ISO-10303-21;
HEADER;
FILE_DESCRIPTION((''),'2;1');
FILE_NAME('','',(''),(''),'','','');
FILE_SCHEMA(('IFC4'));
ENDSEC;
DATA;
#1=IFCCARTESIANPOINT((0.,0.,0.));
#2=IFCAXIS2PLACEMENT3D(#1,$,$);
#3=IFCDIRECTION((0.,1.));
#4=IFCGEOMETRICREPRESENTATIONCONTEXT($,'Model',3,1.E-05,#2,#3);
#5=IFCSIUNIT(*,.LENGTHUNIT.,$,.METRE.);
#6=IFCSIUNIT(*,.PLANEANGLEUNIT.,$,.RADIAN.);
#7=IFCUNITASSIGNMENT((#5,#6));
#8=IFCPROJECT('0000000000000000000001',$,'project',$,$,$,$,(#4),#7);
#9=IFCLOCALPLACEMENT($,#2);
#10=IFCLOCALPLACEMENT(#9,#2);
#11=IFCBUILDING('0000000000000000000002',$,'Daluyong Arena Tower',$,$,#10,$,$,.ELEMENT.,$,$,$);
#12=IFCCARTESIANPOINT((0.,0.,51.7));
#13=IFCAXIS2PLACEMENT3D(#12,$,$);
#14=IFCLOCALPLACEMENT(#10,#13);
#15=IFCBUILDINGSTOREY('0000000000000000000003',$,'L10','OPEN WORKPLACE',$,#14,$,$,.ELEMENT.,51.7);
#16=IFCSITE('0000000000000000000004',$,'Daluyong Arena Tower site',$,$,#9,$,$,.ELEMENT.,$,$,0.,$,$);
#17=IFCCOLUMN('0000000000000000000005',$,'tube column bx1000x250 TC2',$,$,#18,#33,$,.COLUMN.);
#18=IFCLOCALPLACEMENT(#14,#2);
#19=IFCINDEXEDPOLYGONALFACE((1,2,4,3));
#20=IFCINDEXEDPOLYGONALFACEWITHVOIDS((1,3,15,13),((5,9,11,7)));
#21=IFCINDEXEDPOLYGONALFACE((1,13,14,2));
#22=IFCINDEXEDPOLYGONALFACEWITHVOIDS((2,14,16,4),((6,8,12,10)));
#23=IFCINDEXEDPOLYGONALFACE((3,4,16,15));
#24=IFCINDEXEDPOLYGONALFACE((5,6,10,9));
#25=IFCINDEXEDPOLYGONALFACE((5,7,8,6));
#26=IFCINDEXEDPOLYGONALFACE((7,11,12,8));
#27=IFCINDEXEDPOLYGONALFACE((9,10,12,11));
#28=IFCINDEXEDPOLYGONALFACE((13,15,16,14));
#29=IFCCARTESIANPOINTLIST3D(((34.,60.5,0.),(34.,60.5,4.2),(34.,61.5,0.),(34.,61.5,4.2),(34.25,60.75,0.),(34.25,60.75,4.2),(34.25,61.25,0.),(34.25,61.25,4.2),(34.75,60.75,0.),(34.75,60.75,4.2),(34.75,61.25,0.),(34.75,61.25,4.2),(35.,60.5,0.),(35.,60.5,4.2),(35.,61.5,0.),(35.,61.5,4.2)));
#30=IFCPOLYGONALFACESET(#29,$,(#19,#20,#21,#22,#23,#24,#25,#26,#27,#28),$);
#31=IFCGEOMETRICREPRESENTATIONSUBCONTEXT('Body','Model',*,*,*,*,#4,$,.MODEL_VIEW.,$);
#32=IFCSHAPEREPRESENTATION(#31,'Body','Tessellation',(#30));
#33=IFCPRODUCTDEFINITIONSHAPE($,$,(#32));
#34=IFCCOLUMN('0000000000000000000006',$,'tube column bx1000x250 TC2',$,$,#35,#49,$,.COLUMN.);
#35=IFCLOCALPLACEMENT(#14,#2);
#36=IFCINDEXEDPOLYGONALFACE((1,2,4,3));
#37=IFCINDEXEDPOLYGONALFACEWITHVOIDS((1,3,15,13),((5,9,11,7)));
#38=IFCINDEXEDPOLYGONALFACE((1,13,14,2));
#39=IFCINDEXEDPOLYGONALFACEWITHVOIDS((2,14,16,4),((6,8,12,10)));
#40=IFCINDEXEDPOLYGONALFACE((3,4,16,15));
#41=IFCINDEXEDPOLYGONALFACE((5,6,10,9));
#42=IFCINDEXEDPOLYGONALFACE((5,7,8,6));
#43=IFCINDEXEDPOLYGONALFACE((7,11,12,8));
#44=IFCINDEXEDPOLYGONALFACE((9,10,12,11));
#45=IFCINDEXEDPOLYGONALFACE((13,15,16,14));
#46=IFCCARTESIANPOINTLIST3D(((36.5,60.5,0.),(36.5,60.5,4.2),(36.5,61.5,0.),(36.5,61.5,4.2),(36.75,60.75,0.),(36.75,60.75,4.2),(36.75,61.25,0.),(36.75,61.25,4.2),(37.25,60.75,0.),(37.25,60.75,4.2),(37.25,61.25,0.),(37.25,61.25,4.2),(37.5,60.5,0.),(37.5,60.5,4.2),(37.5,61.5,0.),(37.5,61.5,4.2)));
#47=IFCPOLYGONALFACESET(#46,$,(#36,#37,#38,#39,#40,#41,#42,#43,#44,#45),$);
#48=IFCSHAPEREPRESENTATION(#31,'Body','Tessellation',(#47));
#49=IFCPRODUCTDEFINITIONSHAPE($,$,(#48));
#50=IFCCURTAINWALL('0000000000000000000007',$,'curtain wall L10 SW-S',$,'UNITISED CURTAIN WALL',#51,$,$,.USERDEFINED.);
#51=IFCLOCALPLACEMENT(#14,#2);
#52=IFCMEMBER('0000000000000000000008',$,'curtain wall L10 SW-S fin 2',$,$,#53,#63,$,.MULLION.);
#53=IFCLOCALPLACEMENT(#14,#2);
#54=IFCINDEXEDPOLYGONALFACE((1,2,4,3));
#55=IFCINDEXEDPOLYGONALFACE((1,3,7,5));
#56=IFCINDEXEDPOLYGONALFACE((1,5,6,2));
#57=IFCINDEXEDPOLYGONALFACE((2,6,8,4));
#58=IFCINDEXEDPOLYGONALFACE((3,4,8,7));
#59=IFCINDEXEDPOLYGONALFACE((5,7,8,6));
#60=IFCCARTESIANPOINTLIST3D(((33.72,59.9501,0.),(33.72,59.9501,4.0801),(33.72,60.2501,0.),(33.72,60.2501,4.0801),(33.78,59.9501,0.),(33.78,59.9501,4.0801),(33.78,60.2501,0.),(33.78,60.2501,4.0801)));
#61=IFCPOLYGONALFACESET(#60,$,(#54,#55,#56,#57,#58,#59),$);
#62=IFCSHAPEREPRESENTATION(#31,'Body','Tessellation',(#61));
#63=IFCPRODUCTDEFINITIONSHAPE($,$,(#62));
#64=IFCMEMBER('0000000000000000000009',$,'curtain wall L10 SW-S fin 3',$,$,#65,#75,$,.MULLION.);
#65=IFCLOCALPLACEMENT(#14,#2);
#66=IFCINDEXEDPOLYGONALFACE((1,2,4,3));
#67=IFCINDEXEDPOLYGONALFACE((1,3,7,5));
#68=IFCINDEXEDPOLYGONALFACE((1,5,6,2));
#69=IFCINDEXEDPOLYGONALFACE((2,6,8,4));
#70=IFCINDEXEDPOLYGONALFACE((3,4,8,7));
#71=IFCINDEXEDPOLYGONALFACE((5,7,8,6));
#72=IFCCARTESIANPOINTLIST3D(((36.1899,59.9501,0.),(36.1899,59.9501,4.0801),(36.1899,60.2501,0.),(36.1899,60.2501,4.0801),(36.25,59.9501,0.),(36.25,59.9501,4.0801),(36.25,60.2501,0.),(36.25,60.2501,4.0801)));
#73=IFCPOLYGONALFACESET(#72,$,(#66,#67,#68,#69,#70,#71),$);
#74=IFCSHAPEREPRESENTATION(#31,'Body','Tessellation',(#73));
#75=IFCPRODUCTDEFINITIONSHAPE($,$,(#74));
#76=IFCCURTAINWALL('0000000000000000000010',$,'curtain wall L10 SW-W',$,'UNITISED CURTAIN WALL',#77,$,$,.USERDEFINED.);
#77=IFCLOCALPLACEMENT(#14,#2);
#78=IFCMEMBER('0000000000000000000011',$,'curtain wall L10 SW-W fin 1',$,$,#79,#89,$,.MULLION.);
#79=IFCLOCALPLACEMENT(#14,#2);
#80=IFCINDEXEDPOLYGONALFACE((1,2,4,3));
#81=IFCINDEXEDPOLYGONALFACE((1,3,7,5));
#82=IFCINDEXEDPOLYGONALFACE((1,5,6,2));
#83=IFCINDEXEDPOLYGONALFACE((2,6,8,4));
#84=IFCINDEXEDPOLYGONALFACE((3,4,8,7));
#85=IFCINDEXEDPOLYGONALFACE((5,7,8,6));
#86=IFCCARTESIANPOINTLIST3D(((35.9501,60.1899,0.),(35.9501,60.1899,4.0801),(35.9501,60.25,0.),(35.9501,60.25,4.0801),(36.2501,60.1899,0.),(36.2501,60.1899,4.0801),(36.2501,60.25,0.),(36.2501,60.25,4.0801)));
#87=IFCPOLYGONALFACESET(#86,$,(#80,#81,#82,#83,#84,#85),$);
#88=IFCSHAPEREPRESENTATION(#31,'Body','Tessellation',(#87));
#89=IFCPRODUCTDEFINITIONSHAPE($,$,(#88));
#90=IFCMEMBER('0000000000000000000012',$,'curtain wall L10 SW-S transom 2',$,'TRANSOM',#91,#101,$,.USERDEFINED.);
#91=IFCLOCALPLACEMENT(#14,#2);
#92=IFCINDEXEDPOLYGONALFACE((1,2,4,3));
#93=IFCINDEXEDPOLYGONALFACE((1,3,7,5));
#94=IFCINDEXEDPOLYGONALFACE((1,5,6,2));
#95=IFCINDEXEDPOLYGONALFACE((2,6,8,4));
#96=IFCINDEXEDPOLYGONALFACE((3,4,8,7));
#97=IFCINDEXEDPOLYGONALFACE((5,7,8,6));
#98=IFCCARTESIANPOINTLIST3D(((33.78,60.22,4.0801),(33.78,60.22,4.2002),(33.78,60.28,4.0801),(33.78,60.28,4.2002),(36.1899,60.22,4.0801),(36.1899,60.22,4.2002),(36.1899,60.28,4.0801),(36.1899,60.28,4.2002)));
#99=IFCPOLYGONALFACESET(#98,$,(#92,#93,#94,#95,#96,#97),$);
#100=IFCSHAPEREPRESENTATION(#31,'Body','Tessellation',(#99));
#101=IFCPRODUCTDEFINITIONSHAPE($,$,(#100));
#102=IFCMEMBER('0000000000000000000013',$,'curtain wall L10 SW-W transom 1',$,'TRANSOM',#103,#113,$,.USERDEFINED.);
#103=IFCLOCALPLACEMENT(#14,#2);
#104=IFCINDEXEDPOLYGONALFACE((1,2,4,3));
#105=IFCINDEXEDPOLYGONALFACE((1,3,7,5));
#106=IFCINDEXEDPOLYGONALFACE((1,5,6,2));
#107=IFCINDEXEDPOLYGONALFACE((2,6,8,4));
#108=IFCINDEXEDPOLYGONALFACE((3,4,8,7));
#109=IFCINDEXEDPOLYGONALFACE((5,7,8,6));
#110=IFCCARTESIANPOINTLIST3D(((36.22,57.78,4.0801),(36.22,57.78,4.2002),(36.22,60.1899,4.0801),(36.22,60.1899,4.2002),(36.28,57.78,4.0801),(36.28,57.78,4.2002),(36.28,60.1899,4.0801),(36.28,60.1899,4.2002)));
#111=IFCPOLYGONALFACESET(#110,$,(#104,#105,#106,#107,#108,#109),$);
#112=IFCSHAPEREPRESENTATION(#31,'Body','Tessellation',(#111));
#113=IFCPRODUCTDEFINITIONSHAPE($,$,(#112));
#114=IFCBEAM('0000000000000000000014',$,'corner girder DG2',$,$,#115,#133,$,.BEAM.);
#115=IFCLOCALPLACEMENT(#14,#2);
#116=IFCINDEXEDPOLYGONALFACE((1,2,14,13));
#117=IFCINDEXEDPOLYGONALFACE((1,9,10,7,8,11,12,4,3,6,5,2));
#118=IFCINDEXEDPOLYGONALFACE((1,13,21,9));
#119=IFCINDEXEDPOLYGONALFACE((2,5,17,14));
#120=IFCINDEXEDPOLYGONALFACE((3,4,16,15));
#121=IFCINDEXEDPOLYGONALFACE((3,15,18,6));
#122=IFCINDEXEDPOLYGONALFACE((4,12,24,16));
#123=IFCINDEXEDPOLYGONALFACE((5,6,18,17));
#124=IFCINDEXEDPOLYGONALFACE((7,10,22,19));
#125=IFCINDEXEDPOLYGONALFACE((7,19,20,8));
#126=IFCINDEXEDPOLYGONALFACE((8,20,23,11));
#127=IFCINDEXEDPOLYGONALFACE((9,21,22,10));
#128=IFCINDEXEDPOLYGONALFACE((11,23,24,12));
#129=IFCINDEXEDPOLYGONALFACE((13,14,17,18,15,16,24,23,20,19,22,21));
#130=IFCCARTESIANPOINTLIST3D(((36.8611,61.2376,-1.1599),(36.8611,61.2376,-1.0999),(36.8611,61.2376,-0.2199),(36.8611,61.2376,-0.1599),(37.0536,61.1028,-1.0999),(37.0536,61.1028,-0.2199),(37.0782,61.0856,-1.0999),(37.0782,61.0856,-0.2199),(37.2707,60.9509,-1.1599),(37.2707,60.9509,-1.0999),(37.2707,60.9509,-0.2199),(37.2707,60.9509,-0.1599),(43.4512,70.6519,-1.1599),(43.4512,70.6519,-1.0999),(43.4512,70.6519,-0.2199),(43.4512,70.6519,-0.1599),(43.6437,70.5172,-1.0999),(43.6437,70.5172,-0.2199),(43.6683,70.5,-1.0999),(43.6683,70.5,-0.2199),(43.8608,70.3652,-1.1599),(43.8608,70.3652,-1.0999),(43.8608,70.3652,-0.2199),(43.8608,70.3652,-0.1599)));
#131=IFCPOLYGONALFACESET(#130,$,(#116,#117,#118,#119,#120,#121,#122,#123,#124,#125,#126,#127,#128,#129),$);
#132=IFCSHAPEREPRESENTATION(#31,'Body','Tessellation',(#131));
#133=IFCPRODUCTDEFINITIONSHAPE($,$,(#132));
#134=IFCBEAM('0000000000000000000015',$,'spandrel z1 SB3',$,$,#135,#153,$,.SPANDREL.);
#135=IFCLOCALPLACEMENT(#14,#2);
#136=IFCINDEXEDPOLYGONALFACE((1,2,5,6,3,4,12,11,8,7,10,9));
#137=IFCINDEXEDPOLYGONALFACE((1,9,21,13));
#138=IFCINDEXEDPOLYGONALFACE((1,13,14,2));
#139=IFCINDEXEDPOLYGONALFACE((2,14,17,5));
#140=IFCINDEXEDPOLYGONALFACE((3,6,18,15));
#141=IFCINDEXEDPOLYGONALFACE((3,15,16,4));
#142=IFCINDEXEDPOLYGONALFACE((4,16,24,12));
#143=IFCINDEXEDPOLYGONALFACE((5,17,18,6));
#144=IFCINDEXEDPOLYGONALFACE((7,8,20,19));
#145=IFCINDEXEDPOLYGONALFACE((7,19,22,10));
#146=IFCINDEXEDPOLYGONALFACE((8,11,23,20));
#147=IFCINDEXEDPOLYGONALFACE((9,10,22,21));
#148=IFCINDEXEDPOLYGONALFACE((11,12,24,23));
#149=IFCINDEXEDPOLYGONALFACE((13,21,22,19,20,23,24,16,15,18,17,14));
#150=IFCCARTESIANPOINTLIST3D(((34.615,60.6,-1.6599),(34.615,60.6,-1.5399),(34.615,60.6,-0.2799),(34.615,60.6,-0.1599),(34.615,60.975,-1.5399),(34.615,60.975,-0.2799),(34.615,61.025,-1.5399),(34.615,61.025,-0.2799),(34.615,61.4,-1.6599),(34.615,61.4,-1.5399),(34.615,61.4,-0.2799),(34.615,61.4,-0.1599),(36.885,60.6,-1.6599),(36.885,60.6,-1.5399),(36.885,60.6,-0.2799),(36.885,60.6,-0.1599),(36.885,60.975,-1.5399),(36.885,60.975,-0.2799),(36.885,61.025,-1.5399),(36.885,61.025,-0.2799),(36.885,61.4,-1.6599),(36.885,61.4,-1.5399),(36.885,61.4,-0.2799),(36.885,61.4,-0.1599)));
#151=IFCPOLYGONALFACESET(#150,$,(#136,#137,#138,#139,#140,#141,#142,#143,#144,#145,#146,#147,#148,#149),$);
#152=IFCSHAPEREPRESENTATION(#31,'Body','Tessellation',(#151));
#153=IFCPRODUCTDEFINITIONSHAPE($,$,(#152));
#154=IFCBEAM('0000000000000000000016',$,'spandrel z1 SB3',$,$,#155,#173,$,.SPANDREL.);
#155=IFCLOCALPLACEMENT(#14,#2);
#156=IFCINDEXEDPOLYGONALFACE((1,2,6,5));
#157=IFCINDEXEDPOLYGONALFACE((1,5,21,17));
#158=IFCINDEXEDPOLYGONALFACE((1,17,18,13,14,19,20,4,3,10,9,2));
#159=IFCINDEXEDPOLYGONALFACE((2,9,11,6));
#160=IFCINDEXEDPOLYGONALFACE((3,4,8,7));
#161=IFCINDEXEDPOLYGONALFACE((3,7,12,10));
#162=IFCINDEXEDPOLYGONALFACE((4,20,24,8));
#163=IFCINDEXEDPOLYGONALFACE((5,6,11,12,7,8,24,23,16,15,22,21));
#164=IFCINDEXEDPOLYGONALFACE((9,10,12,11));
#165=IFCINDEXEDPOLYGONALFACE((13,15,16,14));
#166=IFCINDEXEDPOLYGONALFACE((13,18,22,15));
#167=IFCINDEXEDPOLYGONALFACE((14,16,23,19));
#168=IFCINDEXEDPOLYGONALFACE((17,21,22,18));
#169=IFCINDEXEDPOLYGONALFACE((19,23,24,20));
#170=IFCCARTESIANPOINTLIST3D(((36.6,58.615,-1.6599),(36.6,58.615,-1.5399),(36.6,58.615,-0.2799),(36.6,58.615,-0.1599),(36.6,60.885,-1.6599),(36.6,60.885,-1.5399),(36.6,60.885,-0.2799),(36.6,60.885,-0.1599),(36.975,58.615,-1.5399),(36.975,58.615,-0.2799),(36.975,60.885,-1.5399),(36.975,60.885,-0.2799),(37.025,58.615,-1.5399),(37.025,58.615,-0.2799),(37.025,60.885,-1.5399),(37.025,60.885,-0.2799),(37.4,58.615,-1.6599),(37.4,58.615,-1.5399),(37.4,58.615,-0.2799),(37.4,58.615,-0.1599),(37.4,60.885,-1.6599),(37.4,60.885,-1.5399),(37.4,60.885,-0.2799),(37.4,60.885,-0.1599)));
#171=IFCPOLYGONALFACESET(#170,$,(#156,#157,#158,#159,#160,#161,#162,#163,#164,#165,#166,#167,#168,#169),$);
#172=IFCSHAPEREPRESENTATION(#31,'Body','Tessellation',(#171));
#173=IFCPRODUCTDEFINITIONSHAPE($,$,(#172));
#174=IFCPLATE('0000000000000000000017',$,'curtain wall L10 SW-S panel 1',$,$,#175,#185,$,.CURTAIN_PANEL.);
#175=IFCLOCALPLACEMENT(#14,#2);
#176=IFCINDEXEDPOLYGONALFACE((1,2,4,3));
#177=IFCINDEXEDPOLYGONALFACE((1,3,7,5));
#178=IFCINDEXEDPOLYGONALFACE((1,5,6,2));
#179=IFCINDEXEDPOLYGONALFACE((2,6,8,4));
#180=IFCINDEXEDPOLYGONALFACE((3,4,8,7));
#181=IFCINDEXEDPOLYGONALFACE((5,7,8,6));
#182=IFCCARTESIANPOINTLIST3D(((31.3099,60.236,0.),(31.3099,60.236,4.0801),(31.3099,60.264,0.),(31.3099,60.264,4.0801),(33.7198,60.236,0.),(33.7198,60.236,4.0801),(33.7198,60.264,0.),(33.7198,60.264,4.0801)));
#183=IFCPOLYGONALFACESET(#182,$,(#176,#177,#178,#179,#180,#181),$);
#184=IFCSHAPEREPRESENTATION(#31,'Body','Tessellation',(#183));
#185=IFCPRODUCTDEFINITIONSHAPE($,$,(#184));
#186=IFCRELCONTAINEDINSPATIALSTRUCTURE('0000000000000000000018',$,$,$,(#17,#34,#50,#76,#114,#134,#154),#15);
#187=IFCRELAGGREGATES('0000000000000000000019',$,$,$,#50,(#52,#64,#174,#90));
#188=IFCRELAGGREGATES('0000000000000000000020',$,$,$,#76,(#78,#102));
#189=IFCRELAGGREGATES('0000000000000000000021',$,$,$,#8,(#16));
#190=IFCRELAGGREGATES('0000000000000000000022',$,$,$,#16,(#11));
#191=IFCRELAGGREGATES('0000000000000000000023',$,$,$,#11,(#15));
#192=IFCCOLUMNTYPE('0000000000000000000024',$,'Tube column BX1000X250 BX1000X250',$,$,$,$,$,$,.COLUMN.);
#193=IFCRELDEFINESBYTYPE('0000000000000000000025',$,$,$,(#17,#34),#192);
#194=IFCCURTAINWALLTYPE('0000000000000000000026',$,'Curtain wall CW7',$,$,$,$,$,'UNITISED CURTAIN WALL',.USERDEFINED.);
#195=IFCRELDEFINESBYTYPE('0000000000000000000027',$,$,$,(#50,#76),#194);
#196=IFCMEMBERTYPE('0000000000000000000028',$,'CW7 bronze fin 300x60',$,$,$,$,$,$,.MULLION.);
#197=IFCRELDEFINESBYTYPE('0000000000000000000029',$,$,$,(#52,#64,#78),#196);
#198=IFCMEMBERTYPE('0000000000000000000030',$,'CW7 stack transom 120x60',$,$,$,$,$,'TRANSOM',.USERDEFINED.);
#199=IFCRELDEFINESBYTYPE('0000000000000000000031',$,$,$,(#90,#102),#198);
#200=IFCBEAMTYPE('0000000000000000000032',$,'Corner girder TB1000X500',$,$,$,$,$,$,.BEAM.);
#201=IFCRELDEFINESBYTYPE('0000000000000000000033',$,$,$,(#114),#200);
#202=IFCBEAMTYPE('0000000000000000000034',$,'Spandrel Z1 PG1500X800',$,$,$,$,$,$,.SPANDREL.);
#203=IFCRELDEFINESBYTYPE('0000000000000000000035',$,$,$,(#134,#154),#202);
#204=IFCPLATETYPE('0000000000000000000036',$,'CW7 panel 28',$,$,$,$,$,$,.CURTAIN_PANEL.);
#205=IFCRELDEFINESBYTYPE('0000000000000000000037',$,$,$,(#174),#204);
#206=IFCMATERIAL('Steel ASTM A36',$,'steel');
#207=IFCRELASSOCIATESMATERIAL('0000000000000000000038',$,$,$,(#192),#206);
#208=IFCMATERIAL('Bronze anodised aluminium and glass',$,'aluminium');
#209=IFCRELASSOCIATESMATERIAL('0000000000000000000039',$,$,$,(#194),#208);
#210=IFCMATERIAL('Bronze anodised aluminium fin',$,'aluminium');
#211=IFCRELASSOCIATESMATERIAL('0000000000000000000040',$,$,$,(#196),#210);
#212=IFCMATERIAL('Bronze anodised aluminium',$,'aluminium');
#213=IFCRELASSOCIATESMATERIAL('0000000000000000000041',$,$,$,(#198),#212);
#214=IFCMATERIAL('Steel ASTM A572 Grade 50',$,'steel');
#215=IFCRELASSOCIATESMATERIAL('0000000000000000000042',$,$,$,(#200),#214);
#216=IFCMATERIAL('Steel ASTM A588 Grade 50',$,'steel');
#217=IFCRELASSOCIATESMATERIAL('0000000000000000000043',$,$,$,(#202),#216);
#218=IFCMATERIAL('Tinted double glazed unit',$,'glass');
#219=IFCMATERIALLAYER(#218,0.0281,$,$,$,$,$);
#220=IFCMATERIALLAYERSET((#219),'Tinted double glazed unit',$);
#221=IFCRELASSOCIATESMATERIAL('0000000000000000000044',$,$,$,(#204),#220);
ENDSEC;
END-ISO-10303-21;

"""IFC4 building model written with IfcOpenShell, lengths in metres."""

from ifc_helpers import new_model, si_unit, direction, frame, origin, origin_2d, place, context, subcontext, project, spatial, rectangle, hollow_rectangle, i_section, extrude, material, layer, layer_set, material_profile, profile_set, type_object, element, aggregate, save


model = new_model("IFC4")

# Units and contexts
model_context = context("Model", 3, precision=1e-05, world=origin(), true_north=direction((0.0, 1.0)))
body_context = subcontext(model_context, "Body", "Model", "MODEL_VIEW")
ifc_project = project(units=[si_unit("LENGTHUNIT", "METRE"), si_unit("PLANEANGLEUNIT", "RADIAN")], contexts=[model_context])

# Site, building, storey
site_placement = place(None, origin())
site = spatial("IfcSite", under=ifc_project, at=site_placement, Name="Daluyong Arena Tower site", CompositionType="ELEMENT", RefElevation=0.0)
building_placement = place(site_placement, origin())
building = spatial("IfcBuilding", under=site, at=building_placement, Name="Daluyong Arena Tower", CompositionType="ELEMENT")
storey_placement = place(building_placement, frame((0.0, 0.0, 51.7)))
storey = spatial("IfcBuildingStorey", under=building, at=storey_placement, Name="L10", Description="OPEN WORKPLACE", CompositionType="ELEMENT", Elevation=51.7)

# Columns
ifc_material_1 = material(Name="Steel ASTM A36", Category="steel")
ifc_material_profile_1 = material_profile(ifc_material_1, hollow_rectangle(XDim=1.0, YDim=1.0, WallThickness=0.25, at=origin_2d()))
ifc_profile_set_1 = profile_set([ifc_material_profile_1], Name="Steel ASTM A36")
column_type = type_object("IfcColumnType", Name="Tube column BX1000X250 BX1000X250", PredefinedType="COLUMN", material=ifc_profile_set_1)
for number, where, z_axis, x_axis, name in (
    (1, (34.5, 61.0, 0.0), (0.0, 0.0, 1.0), (1.0, 0.0, 0.0), "tube column bx1000x250 TC2"),
    (2, (37.0, 61.0, 0.0), (0.0, 0.0, 1.0), (0.0, 1.0, 0.0), "tube column bx1000x250 TC2"),
):
    element("IfcColumn", number, at=place(storey_placement, frame(where, z_axis=z_axis, x_axis=x_axis)), inside=storey, type_object=column_type, Name=name, PredefinedType="COLUMN", context=body_context, shape_type="SweptSolid", body=[
        extrude(hollow_rectangle(XDim=1.0, YDim=1.0, WallThickness=0.25, at=origin_2d()), origin(), (0.0, 0.0, 1.0), 4.2),
    ])

# Curtain wall, members
ifc_material_2 = material(Name="Bronze anodised aluminium and glass", Category="aluminium")
curtain_wall_type = type_object("IfcCurtainWallType", Name="Curtain wall CW7", ElementType="UNITISED CURTAIN WALL", PredefinedType="USERDEFINED", material=ifc_material_2)
curtain_wall_1_placement = place(storey_placement, origin())
curtain_wall_1 = element("IfcCurtainWall", 3, at=curtain_wall_1_placement, inside=storey, type_object=curtain_wall_type, Name="curtain wall L10 SW-S", ObjectType="UNITISED CURTAIN WALL", PredefinedType="USERDEFINED")
ifc_material_3 = material(Name="Bronze anodised aluminium fin", Category="aluminium")
ifc_material_profile_2 = material_profile(ifc_material_3, rectangle(XDim=0.3, YDim=0.0601, at=origin_2d()))
ifc_profile_set_2 = profile_set([ifc_material_profile_2], Name="Bronze anodised aluminium fin")
member_type_1 = type_object("IfcMemberType", Name="CW7 bronze fin 300x60", PredefinedType="MULLION", material=ifc_profile_set_2)
member_1_placement = place(storey_placement, frame((33.75, 60.1001, 0.0), z_axis=(0.0, 0.0, 1.0), x_axis=(0.0, 1.0, 0.0)))
member_1 = element("IfcMember", 4, at=member_1_placement, type_object=member_type_1, Name="curtain wall L10 SW-S fin 2", PredefinedType="MULLION", context=body_context, shape_type="SweptSolid", body=[
    extrude(rectangle(XDim=0.3, YDim=0.0601, at=origin_2d()), origin(), (0.0, 0.0, 1.0), 4.0801),
])
member_2_placement = place(storey_placement, frame((36.22, 60.1001, 0.0), z_axis=(0.0, 0.0, 1.0), x_axis=(0.0, 1.0, 0.0)))
member_2 = element("IfcMember", 5, at=member_2_placement, type_object=member_type_1, Name="curtain wall L10 SW-S fin 3", PredefinedType="MULLION", context=body_context, shape_type="SweptSolid", body=[
    extrude(rectangle(XDim=0.3, YDim=0.0601, at=origin_2d()), origin(), (0.0, 0.0, 1.0), 4.0801),
])

# Curtain wall, member
curtain_wall_2_placement = place(storey_placement, origin())
curtain_wall_2 = element("IfcCurtainWall", 6, at=curtain_wall_2_placement, inside=storey, type_object=curtain_wall_type, Name="curtain wall L10 SW-W", ObjectType="UNITISED CURTAIN WALL", PredefinedType="USERDEFINED")
member_3_placement = place(storey_placement, frame((36.1001, 60.22, 0.0), z_axis=(0.0, 0.0, 1.0), x_axis=(1.0, 0.0, 0.0)))
member_3 = element("IfcMember", 7, at=member_3_placement, type_object=member_type_1, Name="curtain wall L10 SW-W fin 1", PredefinedType="MULLION", context=body_context, shape_type="SweptSolid", body=[
    extrude(rectangle(XDim=0.3, YDim=0.0601, at=origin_2d()), origin(), (0.0, 0.0, 1.0), 4.0801),
])

# Members
ifc_material_4 = material(Name="Bronze anodised aluminium", Category="aluminium")
ifc_material_profile_3 = material_profile(ifc_material_4, rectangle(XDim=0.0601, YDim=0.1201, at=origin_2d()))
ifc_profile_set_3 = profile_set([ifc_material_profile_3], Name="Bronze anodised aluminium")
member_type_2 = type_object("IfcMemberType", Name="CW7 stack transom 120x60", ElementType="TRANSOM", PredefinedType="USERDEFINED", material=ifc_profile_set_3)
member_4_placement = place(storey_placement, frame((33.78, 60.25, 4.1401), z_axis=(1.0, 0.0, 0.0), x_axis=(0.0, 1.0, 0.0)))
member_4 = element("IfcMember", 8, at=member_4_placement, type_object=member_type_2, Name="curtain wall L10 SW-S transom 2", ObjectType="TRANSOM", PredefinedType="USERDEFINED", context=body_context, shape_type="SweptSolid", body=[
    extrude(rectangle(XDim=0.0601, YDim=0.1201, at=origin_2d()), origin(), (0.0, 0.0, 1.0), 2.4099),
])
member_5_placement = place(storey_placement, frame((36.25, 60.1899, 4.1401), z_axis=(0.0, -1.0, 0.0), x_axis=(1.0, 0.0, 0.0)))
member_5 = element("IfcMember", 9, at=member_5_placement, type_object=member_type_2, Name="curtain wall L10 SW-W transom 1", ObjectType="TRANSOM", PredefinedType="USERDEFINED", context=body_context, shape_type="SweptSolid", body=[
    extrude(rectangle(XDim=0.0601, YDim=0.1201, at=origin_2d()), origin(), (0.0, 0.0, 1.0), 2.4099),
])

# Beams
ifc_material_5 = material(Name="Steel ASTM A572 Grade 50", Category="steel")
ifc_material_profile_4 = material_profile(ifc_material_5, i_section(OverallWidth=0.5, OverallDepth=1.0, WebThickness=0.03, FlangeThickness=0.06, at=origin_2d()))
ifc_profile_set_4 = profile_set([ifc_material_profile_4], Name="Steel ASTM A572 Grade 50")
beam_type_1 = type_object("IfcBeamType", Name="Corner girder TB1000X500", PredefinedType="BEAM", material=ifc_profile_set_4)
beam_placement = place(storey_placement, frame((37.0659, 61.0942, -0.6599), z_axis=(0.573467, 0.819229, 0.0), x_axis=(-0.819229, 0.573467, 0.0)))
element("IfcBeam", 10, at=beam_placement, inside=storey, type_object=beam_type_1, Name="corner girder DG2", PredefinedType="BEAM", context=body_context, shape_type="SweptSolid", body=[
    extrude(i_section(OverallWidth=0.5, OverallDepth=1.0, WebThickness=0.03, FlangeThickness=0.06, at=origin_2d()), origin(), (0.0, 0.0, 1.0), 11.4917),
])
ifc_material_6 = material(Name="Steel ASTM A588 Grade 50", Category="steel")
ifc_material_profile_5 = material_profile(ifc_material_6, i_section(OverallWidth=0.8, OverallDepth=1.5, WebThickness=0.05, FlangeThickness=0.12, at=origin_2d()))
ifc_profile_set_5 = profile_set([ifc_material_profile_5], Name="Steel ASTM A588 Grade 50")
beam_type_2 = type_object("IfcBeamType", Name="Spandrel Z1 PG1500X800", PredefinedType="SPANDREL", material=ifc_profile_set_5)
for number, where, z_axis, x_axis, name in (
    (11, (34.615, 61.0, -0.9099), (1.0, 0.0, 0.0), (0.0, 1.0, 0.0), "spandrel z1 SB3"),
    (12, (37.0, 60.885, -0.9099), (0.0, -1.0, 0.0), (1.0, 0.0, 0.0), "spandrel z1 SB3"),
):
    element("IfcBeam", number, at=place(storey_placement, frame(where, z_axis=z_axis, x_axis=x_axis)), inside=storey, type_object=beam_type_2, Name=name, PredefinedType="SPANDREL", context=body_context, shape_type="SweptSolid", body=[
        extrude(i_section(OverallWidth=0.8, OverallDepth=1.5, WebThickness=0.05, FlangeThickness=0.12, at=origin_2d()), origin(), (0.0, 0.0, 1.0), 2.27),
    ])

# Plate
ifc_material_7 = material(Name="Tinted double glazed unit", Category="glass")
ifc_layer_1 = layer(ifc_material_7, 0.0281)
ifc_layer_set_1 = layer_set([ifc_layer_1], Name="Tinted double glazed unit")
plate_type = type_object("IfcPlateType", Name="CW7 panel 28", PredefinedType="CURTAIN_PANEL", material=ifc_layer_set_1)
plate_1_placement = place(storey_placement, frame((32.5149, 60.25, 0.0), z_axis=(0.0, 0.0, 1.0), x_axis=(1.0, 0.0, 0.0)))
plate_1 = element("IfcPlate", 13, at=plate_1_placement, type_object=plate_type, Name="curtain wall L10 SW-S panel 1", PredefinedType="CURTAIN_PANEL", context=body_context, shape_type="SweptSolid", body=[
    extrude(rectangle(XDim=2.4099, YDim=0.0281, at=origin_2d()), origin(), (0.0, 0.0, 1.0), 4.0801),
])
aggregate(curtain_wall_1, [member_1, member_2, plate_1, member_4])
aggregate(curtain_wall_2, [member_3, member_5])

save(model, "model.ifc")
